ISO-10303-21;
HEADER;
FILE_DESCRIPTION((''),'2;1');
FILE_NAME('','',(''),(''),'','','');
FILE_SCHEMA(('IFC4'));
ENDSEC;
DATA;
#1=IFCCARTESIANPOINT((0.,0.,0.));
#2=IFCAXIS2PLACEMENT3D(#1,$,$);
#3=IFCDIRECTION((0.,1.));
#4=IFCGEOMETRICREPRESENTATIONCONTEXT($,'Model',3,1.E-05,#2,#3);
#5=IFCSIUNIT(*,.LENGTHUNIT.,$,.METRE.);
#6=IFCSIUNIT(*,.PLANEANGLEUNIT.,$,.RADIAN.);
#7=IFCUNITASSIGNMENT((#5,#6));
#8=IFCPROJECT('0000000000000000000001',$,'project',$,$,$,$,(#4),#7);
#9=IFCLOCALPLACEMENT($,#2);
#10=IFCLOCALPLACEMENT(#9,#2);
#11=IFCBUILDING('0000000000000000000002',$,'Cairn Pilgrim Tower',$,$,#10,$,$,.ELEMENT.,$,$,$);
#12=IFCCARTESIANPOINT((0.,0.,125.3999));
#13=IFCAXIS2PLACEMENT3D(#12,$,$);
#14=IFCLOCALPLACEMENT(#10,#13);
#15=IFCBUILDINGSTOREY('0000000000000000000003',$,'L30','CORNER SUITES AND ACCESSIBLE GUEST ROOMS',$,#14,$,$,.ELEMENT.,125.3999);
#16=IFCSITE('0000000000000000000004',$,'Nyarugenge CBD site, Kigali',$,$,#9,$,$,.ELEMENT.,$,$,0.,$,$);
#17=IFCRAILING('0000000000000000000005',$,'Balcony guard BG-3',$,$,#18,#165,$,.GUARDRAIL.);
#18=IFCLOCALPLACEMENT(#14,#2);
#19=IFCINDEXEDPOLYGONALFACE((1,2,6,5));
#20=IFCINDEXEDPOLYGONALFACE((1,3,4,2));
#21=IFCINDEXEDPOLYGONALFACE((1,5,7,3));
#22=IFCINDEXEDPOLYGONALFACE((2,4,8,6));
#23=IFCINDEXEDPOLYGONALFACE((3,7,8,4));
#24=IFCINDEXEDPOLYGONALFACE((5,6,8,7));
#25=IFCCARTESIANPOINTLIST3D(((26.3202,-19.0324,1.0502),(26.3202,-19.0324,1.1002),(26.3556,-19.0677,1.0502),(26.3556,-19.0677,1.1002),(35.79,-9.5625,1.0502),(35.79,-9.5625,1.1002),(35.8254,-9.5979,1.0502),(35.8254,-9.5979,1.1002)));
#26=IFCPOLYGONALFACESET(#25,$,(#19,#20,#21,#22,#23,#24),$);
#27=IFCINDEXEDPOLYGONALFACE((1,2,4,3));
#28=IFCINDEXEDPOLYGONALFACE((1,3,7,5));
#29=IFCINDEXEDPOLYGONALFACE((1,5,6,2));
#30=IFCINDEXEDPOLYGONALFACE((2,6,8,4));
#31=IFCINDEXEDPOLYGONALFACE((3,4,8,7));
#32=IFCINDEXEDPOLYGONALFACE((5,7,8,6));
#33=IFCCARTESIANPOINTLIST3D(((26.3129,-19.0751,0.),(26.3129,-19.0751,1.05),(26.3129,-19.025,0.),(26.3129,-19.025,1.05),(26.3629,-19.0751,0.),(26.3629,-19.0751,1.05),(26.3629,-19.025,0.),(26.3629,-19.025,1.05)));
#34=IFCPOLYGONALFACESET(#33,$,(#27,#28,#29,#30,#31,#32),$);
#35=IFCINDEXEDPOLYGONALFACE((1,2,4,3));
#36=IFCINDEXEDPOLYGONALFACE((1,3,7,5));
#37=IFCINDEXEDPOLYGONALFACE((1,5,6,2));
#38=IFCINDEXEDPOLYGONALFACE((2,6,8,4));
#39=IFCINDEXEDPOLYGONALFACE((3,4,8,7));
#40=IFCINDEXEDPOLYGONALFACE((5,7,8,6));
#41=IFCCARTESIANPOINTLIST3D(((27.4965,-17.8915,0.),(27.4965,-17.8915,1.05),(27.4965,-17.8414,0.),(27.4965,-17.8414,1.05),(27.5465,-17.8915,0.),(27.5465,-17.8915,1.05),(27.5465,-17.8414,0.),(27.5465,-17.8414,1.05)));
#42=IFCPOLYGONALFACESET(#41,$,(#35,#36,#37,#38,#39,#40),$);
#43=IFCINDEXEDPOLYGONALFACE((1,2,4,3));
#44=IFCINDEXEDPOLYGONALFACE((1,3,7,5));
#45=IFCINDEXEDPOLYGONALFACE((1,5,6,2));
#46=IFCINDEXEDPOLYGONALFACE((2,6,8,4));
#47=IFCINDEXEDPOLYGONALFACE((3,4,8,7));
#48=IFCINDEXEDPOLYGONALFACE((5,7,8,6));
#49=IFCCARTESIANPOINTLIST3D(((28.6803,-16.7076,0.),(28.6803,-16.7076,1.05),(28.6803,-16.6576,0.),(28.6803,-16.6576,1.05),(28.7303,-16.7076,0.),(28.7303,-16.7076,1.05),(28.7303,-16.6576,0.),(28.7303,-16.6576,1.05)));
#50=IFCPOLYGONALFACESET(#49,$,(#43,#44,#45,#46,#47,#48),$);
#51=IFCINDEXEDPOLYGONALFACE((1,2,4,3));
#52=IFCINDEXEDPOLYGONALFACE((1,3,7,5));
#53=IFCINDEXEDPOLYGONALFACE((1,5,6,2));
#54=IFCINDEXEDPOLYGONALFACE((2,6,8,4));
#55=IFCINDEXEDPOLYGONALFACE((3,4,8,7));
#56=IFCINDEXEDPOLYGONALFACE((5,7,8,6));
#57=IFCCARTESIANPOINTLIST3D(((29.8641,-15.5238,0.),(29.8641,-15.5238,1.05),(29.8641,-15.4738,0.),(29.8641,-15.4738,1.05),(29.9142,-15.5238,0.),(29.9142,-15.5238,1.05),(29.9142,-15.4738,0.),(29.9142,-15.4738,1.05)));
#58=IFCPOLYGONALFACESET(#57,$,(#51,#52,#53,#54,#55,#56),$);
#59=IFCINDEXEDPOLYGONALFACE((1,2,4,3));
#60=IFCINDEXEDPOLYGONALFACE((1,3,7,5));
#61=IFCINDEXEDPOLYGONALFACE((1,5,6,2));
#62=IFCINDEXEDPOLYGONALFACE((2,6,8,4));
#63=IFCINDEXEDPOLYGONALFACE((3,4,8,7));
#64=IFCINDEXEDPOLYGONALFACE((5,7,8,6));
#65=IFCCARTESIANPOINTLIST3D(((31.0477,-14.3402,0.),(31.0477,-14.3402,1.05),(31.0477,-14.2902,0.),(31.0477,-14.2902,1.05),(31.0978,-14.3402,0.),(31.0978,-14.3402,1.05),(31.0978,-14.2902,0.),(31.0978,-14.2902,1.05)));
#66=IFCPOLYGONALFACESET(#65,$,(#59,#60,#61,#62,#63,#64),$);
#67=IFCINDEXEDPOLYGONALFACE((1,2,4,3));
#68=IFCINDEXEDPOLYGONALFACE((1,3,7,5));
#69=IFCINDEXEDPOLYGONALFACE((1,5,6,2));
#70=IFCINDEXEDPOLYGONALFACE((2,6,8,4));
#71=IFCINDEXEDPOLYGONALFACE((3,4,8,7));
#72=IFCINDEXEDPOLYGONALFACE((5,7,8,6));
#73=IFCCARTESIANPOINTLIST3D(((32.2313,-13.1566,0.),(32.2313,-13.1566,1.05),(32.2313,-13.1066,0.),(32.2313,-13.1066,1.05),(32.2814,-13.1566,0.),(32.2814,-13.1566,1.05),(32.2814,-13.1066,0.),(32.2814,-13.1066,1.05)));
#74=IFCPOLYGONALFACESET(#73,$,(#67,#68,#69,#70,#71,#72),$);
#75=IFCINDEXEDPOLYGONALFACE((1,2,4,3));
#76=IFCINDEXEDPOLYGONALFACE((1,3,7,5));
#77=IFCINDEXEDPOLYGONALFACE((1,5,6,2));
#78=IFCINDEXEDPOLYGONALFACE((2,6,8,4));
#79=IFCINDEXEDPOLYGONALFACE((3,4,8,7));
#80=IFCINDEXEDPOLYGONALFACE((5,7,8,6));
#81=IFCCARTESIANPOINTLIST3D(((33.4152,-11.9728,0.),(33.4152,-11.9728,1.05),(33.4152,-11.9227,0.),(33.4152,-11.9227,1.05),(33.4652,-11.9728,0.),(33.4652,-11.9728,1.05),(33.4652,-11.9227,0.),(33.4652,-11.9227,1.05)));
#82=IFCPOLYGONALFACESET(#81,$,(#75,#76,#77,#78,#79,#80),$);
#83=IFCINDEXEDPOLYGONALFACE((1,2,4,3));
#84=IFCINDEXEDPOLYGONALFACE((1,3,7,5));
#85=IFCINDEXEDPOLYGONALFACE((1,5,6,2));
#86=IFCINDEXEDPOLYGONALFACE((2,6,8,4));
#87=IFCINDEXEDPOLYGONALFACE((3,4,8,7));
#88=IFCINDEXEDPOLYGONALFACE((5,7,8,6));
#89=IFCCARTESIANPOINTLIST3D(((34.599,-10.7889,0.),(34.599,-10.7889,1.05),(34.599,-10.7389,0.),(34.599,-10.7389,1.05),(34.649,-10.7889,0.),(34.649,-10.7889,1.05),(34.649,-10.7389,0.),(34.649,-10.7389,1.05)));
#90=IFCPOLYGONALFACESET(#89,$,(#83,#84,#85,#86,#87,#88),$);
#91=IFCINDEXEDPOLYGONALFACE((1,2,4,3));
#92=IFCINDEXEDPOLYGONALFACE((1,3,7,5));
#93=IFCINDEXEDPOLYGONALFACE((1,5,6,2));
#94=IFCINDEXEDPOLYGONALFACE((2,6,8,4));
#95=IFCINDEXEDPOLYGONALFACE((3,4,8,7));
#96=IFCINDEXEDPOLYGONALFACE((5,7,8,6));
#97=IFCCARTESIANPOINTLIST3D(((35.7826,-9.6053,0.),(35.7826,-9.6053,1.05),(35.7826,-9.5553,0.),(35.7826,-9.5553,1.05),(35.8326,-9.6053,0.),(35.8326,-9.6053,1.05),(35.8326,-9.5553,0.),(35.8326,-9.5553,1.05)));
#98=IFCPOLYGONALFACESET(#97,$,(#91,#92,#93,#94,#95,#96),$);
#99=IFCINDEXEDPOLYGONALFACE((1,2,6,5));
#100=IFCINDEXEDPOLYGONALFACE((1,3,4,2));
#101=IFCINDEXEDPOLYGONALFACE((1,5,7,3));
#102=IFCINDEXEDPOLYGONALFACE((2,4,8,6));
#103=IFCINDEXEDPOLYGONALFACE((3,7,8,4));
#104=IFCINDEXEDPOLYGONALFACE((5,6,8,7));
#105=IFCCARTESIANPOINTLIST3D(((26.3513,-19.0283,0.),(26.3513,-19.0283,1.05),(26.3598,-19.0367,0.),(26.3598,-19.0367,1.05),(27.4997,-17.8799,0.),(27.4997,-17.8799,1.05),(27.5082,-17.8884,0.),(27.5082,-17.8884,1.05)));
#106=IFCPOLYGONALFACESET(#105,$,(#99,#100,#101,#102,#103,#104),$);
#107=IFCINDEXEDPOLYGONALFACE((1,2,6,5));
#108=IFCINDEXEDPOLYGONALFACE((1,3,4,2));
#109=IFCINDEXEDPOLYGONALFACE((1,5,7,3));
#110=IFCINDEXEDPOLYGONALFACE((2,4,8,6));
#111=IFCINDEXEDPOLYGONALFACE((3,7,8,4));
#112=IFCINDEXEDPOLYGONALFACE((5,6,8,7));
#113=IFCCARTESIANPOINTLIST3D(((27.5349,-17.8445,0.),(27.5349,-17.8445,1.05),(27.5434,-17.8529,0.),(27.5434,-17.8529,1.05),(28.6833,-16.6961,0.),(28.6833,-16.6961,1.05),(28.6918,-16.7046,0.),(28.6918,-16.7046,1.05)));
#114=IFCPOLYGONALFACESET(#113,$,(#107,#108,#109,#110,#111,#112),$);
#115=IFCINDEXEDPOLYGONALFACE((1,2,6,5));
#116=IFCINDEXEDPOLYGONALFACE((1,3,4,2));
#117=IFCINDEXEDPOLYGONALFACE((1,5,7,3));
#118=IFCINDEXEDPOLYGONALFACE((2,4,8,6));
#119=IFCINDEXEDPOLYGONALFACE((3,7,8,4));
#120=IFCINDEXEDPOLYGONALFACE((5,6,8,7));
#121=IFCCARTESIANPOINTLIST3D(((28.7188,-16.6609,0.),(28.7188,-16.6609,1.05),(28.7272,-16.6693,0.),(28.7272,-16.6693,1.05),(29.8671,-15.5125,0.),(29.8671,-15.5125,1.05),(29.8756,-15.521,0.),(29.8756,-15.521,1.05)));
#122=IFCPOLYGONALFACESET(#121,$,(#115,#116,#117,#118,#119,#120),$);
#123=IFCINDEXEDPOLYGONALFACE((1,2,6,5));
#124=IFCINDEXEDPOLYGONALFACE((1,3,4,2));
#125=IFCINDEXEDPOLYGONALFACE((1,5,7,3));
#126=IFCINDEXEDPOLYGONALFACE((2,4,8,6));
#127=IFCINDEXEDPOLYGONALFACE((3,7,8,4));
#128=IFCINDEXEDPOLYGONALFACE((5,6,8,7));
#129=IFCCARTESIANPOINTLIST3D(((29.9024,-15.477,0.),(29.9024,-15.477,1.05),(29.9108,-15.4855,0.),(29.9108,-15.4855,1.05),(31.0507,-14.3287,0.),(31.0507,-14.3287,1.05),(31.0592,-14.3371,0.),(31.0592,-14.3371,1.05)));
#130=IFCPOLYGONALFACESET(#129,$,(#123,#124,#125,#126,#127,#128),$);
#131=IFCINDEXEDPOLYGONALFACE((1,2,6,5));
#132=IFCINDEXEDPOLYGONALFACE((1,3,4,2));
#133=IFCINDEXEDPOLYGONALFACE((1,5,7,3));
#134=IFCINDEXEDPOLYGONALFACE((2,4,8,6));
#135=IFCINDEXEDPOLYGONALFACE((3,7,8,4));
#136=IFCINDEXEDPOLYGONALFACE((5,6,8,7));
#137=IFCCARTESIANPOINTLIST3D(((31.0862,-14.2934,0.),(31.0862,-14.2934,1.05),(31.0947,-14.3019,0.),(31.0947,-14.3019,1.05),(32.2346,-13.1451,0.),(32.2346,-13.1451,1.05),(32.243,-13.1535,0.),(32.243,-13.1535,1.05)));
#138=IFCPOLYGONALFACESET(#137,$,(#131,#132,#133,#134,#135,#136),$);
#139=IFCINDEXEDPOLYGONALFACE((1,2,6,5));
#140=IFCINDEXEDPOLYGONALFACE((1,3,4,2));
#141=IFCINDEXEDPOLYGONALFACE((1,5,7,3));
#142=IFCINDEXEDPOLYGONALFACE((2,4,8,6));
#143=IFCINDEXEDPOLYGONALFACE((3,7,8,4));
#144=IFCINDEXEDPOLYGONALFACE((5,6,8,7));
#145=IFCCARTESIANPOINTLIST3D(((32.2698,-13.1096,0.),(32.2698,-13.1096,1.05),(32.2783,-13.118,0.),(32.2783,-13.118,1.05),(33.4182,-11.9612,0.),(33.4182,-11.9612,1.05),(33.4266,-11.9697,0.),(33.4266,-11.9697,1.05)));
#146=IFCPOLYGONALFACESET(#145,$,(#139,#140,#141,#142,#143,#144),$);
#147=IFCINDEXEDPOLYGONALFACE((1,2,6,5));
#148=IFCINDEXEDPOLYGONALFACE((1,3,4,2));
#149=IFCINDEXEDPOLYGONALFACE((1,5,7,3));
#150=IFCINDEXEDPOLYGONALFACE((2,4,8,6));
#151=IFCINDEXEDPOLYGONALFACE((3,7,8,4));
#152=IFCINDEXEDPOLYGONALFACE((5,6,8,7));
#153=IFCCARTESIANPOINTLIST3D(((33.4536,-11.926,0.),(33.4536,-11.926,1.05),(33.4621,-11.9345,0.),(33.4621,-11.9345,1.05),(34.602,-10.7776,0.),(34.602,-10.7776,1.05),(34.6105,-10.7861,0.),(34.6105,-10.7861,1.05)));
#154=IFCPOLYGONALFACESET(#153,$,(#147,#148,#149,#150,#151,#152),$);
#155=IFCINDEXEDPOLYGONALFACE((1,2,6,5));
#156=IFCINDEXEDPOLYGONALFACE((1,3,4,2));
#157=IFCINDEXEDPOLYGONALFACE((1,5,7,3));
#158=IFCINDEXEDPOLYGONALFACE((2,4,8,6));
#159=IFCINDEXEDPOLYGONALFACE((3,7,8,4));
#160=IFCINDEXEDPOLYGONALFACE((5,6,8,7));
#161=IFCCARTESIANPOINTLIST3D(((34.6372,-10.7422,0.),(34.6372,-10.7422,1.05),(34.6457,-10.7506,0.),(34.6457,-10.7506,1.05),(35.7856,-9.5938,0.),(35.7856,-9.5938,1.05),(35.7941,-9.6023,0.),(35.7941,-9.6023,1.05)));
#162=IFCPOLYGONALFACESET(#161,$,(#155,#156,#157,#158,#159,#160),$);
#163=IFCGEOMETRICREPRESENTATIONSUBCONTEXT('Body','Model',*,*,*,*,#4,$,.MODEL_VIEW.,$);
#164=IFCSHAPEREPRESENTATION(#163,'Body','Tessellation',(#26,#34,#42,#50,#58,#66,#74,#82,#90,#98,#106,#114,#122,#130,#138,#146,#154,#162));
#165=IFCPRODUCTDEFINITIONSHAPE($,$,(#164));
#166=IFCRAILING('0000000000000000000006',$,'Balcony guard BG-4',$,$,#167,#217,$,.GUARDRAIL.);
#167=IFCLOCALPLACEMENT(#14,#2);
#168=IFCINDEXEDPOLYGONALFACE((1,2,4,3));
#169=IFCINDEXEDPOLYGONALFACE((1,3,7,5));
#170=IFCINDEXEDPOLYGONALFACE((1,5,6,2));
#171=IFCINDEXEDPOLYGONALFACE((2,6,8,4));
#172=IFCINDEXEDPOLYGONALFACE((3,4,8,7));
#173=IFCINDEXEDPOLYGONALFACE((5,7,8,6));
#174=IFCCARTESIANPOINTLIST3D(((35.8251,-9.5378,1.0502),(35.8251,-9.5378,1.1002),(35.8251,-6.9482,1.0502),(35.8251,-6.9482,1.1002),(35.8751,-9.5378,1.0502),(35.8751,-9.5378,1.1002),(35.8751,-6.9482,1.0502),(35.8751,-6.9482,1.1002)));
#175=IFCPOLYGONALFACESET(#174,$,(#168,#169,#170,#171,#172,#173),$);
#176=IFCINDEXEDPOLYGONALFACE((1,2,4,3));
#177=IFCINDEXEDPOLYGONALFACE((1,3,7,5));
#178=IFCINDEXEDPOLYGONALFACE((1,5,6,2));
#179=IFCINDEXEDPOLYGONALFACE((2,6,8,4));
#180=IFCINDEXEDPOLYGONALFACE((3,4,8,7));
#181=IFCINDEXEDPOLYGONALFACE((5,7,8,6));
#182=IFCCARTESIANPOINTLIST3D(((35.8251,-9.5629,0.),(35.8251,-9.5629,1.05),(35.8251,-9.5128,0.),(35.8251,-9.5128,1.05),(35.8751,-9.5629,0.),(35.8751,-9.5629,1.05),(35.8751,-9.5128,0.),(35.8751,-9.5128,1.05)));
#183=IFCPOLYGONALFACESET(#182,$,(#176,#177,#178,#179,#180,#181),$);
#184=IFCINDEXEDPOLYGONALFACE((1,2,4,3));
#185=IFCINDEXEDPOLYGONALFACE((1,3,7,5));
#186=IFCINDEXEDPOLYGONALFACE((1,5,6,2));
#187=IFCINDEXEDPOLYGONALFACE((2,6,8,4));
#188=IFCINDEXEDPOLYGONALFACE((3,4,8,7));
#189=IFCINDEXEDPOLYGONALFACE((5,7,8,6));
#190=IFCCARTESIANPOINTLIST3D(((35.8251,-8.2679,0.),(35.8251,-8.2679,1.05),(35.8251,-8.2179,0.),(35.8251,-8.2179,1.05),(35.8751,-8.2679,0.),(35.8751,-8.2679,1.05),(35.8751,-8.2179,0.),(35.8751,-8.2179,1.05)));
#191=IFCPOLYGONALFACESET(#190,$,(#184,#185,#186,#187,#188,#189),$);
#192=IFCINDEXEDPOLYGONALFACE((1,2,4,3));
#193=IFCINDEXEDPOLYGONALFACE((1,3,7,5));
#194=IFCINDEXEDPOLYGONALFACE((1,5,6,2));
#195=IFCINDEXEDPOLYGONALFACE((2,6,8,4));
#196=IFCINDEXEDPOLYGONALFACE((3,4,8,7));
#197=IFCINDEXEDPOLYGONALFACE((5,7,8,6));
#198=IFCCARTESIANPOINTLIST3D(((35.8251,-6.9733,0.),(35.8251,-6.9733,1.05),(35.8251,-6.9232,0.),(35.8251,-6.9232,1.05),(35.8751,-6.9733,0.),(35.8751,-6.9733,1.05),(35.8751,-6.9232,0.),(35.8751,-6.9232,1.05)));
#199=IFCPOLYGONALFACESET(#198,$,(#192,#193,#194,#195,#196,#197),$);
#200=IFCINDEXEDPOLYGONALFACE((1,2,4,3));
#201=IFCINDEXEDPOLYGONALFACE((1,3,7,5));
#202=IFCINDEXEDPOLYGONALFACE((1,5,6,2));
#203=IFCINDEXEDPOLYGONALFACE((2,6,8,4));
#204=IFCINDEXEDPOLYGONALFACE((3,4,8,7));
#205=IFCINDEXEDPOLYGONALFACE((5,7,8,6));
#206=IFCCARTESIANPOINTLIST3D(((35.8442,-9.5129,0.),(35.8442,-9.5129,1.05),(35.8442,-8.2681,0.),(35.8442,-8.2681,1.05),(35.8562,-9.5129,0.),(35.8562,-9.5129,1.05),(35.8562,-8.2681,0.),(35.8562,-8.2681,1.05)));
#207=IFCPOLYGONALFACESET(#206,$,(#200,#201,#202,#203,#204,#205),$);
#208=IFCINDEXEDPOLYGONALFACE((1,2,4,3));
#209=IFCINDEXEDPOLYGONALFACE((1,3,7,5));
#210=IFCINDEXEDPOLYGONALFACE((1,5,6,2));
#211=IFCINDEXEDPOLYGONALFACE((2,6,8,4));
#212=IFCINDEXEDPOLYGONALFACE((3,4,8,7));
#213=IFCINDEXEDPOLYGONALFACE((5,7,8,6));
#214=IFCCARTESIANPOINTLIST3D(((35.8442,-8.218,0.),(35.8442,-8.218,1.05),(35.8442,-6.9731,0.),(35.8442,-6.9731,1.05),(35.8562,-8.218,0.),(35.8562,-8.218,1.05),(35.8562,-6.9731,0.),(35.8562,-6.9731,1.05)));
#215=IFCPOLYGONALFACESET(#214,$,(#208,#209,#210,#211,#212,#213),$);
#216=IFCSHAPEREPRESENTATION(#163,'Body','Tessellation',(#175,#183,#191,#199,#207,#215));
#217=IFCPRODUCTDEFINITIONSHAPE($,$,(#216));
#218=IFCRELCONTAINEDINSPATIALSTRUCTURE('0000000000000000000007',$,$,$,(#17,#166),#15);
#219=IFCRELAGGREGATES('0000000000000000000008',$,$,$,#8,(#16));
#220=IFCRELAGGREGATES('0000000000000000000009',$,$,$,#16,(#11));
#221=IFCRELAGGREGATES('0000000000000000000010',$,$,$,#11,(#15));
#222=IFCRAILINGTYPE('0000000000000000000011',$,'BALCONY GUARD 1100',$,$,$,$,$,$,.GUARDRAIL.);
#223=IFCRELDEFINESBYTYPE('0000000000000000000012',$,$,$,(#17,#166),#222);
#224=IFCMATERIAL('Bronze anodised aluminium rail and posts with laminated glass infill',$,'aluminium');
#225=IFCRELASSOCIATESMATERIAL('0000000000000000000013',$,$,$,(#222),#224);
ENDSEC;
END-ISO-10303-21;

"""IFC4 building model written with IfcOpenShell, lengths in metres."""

from ifc_helpers import new_model, si_unit, direction, frame, origin, origin_2d, place, context, subcontext, project, spatial, polyline, rectangle, outline, extrude, material, type_object, element, save


model = new_model("IFC4")

# Units and contexts
model_context = context("Model", 3, precision=1e-05, world=origin(), true_north=direction((0.0, 1.0)))
body_context = subcontext(model_context, "Body", "Model", "MODEL_VIEW")
ifc_project = project(units=[si_unit("LENGTHUNIT", "METRE"), si_unit("PLANEANGLEUNIT", "RADIAN")], contexts=[model_context])

# Site, building, storey
site_placement = place(None, origin())
site = spatial("IfcSite", under=ifc_project, at=site_placement, Name="Nyarugenge CBD site, Kigali", CompositionType="ELEMENT", RefElevation=0.0)
building_placement = place(site_placement, origin())
building = spatial("IfcBuilding", under=site, at=building_placement, Name="Cairn Pilgrim Tower", CompositionType="ELEMENT")
storey_placement = place(building_placement, frame((0.0, 0.0, 125.3999)))
storey = spatial("IfcBuildingStorey", under=building, at=storey_placement, Name="L30", Description="CORNER SUITES AND ACCESSIBLE GUEST ROOMS", CompositionType="ELEMENT", Elevation=125.3999)

# Railings
ifc_material_1 = material(Name="Bronze anodised aluminium rail and posts with laminated glass infill", Category="aluminium")
railing_type = type_object("IfcRailingType", Name="BALCONY GUARD 1100", PredefinedType="GUARDRAIL", material=ifc_material_1)
railing_1_placement = place(storey_placement, frame((26.3379, -19.05, 0.0)))
element("IfcRailing", 1, at=railing_1_placement, inside=storey, type_object=railing_type, Name="Balcony guard BG-3", PredefinedType="GUARDRAIL", context=body_context, shape_type="SweptSolid", body=[
    extrude(rectangle(XDim=0.05, YDim=0.05, at=origin_2d()), frame((0.0, 0.0, 1.0752), z_axis=(0.707107, 0.707107, 0.0), x_axis=(-0.707107, 0.707107, 0.0)), (0.0, 0.0, 1.0), 13.3923),
    extrude(rectangle(XDim=0.05, YDim=0.05, at=origin_2d()), origin(), (0.0, 0.0, 1.0), 1.05),
    extrude(rectangle(XDim=0.05, YDim=0.05, at=origin_2d()), frame((1.1836, 1.1836, 0.0)), (0.0, 0.0, 1.0), 1.05),
    extrude(rectangle(XDim=0.05, YDim=0.05, at=origin_2d()), frame((2.3674, 2.3674, 0.0)), (0.0, 0.0, 1.0), 1.05),
    extrude(rectangle(XDim=0.05, YDim=0.05, at=origin_2d()), frame((3.5513, 3.5513, 0.0)), (0.0, 0.0, 1.0), 1.05),
    extrude(rectangle(XDim=0.05, YDim=0.05, at=origin_2d()), frame((4.7349, 4.7349, 0.0)), (0.0, 0.0, 1.0), 1.05),
    extrude(rectangle(XDim=0.05, YDim=0.05, at=origin_2d()), frame((5.9185, 5.9185, 0.0)), (0.0, 0.0, 1.0), 1.05),
    extrude(rectangle(XDim=0.05, YDim=0.05, at=origin_2d()), frame((7.1023, 7.1023, 0.0)), (0.0, 0.0, 1.0), 1.05),
    extrude(rectangle(XDim=0.05, YDim=0.05, at=origin_2d()), frame((8.2861, 8.2861, 0.0)), (0.0, 0.0, 1.0), 1.05),
    extrude(rectangle(XDim=0.05, YDim=0.05, at=origin_2d()), frame((9.4697, 9.4697, 0.0)), (0.0, 0.0, 1.0), 1.05),
    extrude(outline(polyline([(0.0249, 0.0), (1.6489, 0.0), (1.6489, 1.05), (0.0249, 1.05), (0.0249, 0.0)])), frame((-0.0042, 0.0042, 0.0), z_axis=(0.707107, -0.707107, 0.0), x_axis=(0.707107, 0.707107, 0.0)), (0.0, 0.0, 1.0), 0.012),
    extrude(outline(polyline([(0.0249, 0.0), (1.6489, 0.0), (1.6489, 1.05), (0.0249, 1.05), (0.0249, 0.0)])), frame((1.1794, 1.188, 0.0), z_axis=(0.707107, -0.707107, 0.0), x_axis=(0.707107, 0.707107, 0.0)), (0.0, 0.0, 1.0), 0.012),
    extrude(outline(polyline([(0.0249, 0.0), (1.6489, 0.0), (1.6489, 1.05), (0.0249, 1.05), (0.0249, 0.0)])), frame((2.3633, 2.3716, 0.0), z_axis=(0.707107, -0.707107, 0.0), x_axis=(0.707107, 0.707107, 0.0)), (0.0, 0.0, 1.0), 0.012),
    extrude(outline(polyline([(0.0249, 0.0), (1.6489, 0.0), (1.6489, 1.05), (0.0249, 1.05), (0.0249, 0.0)])), frame((3.5469, 3.5554, 0.0), z_axis=(0.707107, -0.707107, 0.0), x_axis=(0.707107, 0.707107, 0.0)), (0.0, 0.0, 1.0), 0.012),
    extrude(outline(polyline([(0.0249, 0.0), (1.6489, 0.0), (1.6489, 1.05), (0.0249, 1.05), (0.0249, 0.0)])), frame((4.7307, 4.739, 0.0), z_axis=(0.707107, -0.707107, 0.0), x_axis=(0.707107, 0.707107, 0.0)), (0.0, 0.0, 1.0), 0.012),
    extrude(outline(polyline([(0.0249, 0.0), (1.6489, 0.0), (1.6489, 1.05), (0.0249, 1.05), (0.0249, 0.0)])), frame((5.9143, 5.9229, 0.0), z_axis=(0.707107, -0.707107, 0.0), x_axis=(0.707107, 0.707107, 0.0)), (0.0, 0.0, 1.0), 0.012),
    extrude(outline(polyline([(0.0249, 0.0), (1.6489, 0.0), (1.6489, 1.05), (0.0249, 1.05), (0.0249, 0.0)])), frame((7.0981, 7.1064, 0.0), z_axis=(0.707107, -0.707107, 0.0), x_axis=(0.707107, 0.707107, 0.0)), (0.0, 0.0, 1.0), 0.012),
    extrude(outline(polyline([(0.0249, 0.0), (1.6489, 0.0), (1.6489, 1.05), (0.0249, 1.05), (0.0249, 0.0)])), frame((8.2817, 8.2903, 0.0), z_axis=(0.707107, -0.707107, 0.0), x_axis=(0.707107, 0.707107, 0.0)), (0.0, 0.0, 1.0), 0.012),
])
railing_2_placement = place(storey_placement, frame((35.8501, -9.5378, 0.0)))
element("IfcRailing", 2, at=railing_2_placement, inside=storey, type_object=railing_type, Name="Balcony guard BG-4", PredefinedType="GUARDRAIL", context=body_context, shape_type="SweptSolid", body=[
    extrude(rectangle(XDim=0.05, YDim=0.05, at=origin_2d()), frame((0.0, 0.0, 1.0752), z_axis=(0.0, 1.0, 0.0), x_axis=(-1.0, 0.0, 0.0)), (0.0, 0.0, 1.0), 2.5896),
    extrude(rectangle(XDim=0.05, YDim=0.05, at=origin_2d()), origin(), (0.0, 0.0, 1.0), 1.05),
    extrude(rectangle(XDim=0.05, YDim=0.05, at=origin_2d()), frame((0.0, 1.2949, 0.0)), (0.0, 0.0, 1.0), 1.05),
    extrude(rectangle(XDim=0.05, YDim=0.05, at=origin_2d()), frame((0.0, 2.5896, 0.0)), (0.0, 0.0, 1.0), 1.05),
    extrude(outline(polyline([(0.0249, 0.0), (1.2698, 0.0), (1.2698, 1.05), (0.0249, 1.05), (0.0249, 0.0)])), frame((-0.0059, 0.0, 0.0), z_axis=(1.0, 0.0, 0.0), x_axis=(0.0, 1.0, 0.0)), (0.0, 0.0, 1.0), 0.012),
    extrude(outline(polyline([(0.0249, 0.0), (1.2698, 0.0), (1.2698, 1.05), (0.0249, 1.05), (0.0249, 0.0)])), frame((-0.0059, 1.2949, 0.0), z_axis=(1.0, 0.0, 0.0), x_axis=(0.0, 1.0, 0.0)), (0.0, 0.0, 1.0), 0.012),
])

save(model, "model.ifc")
